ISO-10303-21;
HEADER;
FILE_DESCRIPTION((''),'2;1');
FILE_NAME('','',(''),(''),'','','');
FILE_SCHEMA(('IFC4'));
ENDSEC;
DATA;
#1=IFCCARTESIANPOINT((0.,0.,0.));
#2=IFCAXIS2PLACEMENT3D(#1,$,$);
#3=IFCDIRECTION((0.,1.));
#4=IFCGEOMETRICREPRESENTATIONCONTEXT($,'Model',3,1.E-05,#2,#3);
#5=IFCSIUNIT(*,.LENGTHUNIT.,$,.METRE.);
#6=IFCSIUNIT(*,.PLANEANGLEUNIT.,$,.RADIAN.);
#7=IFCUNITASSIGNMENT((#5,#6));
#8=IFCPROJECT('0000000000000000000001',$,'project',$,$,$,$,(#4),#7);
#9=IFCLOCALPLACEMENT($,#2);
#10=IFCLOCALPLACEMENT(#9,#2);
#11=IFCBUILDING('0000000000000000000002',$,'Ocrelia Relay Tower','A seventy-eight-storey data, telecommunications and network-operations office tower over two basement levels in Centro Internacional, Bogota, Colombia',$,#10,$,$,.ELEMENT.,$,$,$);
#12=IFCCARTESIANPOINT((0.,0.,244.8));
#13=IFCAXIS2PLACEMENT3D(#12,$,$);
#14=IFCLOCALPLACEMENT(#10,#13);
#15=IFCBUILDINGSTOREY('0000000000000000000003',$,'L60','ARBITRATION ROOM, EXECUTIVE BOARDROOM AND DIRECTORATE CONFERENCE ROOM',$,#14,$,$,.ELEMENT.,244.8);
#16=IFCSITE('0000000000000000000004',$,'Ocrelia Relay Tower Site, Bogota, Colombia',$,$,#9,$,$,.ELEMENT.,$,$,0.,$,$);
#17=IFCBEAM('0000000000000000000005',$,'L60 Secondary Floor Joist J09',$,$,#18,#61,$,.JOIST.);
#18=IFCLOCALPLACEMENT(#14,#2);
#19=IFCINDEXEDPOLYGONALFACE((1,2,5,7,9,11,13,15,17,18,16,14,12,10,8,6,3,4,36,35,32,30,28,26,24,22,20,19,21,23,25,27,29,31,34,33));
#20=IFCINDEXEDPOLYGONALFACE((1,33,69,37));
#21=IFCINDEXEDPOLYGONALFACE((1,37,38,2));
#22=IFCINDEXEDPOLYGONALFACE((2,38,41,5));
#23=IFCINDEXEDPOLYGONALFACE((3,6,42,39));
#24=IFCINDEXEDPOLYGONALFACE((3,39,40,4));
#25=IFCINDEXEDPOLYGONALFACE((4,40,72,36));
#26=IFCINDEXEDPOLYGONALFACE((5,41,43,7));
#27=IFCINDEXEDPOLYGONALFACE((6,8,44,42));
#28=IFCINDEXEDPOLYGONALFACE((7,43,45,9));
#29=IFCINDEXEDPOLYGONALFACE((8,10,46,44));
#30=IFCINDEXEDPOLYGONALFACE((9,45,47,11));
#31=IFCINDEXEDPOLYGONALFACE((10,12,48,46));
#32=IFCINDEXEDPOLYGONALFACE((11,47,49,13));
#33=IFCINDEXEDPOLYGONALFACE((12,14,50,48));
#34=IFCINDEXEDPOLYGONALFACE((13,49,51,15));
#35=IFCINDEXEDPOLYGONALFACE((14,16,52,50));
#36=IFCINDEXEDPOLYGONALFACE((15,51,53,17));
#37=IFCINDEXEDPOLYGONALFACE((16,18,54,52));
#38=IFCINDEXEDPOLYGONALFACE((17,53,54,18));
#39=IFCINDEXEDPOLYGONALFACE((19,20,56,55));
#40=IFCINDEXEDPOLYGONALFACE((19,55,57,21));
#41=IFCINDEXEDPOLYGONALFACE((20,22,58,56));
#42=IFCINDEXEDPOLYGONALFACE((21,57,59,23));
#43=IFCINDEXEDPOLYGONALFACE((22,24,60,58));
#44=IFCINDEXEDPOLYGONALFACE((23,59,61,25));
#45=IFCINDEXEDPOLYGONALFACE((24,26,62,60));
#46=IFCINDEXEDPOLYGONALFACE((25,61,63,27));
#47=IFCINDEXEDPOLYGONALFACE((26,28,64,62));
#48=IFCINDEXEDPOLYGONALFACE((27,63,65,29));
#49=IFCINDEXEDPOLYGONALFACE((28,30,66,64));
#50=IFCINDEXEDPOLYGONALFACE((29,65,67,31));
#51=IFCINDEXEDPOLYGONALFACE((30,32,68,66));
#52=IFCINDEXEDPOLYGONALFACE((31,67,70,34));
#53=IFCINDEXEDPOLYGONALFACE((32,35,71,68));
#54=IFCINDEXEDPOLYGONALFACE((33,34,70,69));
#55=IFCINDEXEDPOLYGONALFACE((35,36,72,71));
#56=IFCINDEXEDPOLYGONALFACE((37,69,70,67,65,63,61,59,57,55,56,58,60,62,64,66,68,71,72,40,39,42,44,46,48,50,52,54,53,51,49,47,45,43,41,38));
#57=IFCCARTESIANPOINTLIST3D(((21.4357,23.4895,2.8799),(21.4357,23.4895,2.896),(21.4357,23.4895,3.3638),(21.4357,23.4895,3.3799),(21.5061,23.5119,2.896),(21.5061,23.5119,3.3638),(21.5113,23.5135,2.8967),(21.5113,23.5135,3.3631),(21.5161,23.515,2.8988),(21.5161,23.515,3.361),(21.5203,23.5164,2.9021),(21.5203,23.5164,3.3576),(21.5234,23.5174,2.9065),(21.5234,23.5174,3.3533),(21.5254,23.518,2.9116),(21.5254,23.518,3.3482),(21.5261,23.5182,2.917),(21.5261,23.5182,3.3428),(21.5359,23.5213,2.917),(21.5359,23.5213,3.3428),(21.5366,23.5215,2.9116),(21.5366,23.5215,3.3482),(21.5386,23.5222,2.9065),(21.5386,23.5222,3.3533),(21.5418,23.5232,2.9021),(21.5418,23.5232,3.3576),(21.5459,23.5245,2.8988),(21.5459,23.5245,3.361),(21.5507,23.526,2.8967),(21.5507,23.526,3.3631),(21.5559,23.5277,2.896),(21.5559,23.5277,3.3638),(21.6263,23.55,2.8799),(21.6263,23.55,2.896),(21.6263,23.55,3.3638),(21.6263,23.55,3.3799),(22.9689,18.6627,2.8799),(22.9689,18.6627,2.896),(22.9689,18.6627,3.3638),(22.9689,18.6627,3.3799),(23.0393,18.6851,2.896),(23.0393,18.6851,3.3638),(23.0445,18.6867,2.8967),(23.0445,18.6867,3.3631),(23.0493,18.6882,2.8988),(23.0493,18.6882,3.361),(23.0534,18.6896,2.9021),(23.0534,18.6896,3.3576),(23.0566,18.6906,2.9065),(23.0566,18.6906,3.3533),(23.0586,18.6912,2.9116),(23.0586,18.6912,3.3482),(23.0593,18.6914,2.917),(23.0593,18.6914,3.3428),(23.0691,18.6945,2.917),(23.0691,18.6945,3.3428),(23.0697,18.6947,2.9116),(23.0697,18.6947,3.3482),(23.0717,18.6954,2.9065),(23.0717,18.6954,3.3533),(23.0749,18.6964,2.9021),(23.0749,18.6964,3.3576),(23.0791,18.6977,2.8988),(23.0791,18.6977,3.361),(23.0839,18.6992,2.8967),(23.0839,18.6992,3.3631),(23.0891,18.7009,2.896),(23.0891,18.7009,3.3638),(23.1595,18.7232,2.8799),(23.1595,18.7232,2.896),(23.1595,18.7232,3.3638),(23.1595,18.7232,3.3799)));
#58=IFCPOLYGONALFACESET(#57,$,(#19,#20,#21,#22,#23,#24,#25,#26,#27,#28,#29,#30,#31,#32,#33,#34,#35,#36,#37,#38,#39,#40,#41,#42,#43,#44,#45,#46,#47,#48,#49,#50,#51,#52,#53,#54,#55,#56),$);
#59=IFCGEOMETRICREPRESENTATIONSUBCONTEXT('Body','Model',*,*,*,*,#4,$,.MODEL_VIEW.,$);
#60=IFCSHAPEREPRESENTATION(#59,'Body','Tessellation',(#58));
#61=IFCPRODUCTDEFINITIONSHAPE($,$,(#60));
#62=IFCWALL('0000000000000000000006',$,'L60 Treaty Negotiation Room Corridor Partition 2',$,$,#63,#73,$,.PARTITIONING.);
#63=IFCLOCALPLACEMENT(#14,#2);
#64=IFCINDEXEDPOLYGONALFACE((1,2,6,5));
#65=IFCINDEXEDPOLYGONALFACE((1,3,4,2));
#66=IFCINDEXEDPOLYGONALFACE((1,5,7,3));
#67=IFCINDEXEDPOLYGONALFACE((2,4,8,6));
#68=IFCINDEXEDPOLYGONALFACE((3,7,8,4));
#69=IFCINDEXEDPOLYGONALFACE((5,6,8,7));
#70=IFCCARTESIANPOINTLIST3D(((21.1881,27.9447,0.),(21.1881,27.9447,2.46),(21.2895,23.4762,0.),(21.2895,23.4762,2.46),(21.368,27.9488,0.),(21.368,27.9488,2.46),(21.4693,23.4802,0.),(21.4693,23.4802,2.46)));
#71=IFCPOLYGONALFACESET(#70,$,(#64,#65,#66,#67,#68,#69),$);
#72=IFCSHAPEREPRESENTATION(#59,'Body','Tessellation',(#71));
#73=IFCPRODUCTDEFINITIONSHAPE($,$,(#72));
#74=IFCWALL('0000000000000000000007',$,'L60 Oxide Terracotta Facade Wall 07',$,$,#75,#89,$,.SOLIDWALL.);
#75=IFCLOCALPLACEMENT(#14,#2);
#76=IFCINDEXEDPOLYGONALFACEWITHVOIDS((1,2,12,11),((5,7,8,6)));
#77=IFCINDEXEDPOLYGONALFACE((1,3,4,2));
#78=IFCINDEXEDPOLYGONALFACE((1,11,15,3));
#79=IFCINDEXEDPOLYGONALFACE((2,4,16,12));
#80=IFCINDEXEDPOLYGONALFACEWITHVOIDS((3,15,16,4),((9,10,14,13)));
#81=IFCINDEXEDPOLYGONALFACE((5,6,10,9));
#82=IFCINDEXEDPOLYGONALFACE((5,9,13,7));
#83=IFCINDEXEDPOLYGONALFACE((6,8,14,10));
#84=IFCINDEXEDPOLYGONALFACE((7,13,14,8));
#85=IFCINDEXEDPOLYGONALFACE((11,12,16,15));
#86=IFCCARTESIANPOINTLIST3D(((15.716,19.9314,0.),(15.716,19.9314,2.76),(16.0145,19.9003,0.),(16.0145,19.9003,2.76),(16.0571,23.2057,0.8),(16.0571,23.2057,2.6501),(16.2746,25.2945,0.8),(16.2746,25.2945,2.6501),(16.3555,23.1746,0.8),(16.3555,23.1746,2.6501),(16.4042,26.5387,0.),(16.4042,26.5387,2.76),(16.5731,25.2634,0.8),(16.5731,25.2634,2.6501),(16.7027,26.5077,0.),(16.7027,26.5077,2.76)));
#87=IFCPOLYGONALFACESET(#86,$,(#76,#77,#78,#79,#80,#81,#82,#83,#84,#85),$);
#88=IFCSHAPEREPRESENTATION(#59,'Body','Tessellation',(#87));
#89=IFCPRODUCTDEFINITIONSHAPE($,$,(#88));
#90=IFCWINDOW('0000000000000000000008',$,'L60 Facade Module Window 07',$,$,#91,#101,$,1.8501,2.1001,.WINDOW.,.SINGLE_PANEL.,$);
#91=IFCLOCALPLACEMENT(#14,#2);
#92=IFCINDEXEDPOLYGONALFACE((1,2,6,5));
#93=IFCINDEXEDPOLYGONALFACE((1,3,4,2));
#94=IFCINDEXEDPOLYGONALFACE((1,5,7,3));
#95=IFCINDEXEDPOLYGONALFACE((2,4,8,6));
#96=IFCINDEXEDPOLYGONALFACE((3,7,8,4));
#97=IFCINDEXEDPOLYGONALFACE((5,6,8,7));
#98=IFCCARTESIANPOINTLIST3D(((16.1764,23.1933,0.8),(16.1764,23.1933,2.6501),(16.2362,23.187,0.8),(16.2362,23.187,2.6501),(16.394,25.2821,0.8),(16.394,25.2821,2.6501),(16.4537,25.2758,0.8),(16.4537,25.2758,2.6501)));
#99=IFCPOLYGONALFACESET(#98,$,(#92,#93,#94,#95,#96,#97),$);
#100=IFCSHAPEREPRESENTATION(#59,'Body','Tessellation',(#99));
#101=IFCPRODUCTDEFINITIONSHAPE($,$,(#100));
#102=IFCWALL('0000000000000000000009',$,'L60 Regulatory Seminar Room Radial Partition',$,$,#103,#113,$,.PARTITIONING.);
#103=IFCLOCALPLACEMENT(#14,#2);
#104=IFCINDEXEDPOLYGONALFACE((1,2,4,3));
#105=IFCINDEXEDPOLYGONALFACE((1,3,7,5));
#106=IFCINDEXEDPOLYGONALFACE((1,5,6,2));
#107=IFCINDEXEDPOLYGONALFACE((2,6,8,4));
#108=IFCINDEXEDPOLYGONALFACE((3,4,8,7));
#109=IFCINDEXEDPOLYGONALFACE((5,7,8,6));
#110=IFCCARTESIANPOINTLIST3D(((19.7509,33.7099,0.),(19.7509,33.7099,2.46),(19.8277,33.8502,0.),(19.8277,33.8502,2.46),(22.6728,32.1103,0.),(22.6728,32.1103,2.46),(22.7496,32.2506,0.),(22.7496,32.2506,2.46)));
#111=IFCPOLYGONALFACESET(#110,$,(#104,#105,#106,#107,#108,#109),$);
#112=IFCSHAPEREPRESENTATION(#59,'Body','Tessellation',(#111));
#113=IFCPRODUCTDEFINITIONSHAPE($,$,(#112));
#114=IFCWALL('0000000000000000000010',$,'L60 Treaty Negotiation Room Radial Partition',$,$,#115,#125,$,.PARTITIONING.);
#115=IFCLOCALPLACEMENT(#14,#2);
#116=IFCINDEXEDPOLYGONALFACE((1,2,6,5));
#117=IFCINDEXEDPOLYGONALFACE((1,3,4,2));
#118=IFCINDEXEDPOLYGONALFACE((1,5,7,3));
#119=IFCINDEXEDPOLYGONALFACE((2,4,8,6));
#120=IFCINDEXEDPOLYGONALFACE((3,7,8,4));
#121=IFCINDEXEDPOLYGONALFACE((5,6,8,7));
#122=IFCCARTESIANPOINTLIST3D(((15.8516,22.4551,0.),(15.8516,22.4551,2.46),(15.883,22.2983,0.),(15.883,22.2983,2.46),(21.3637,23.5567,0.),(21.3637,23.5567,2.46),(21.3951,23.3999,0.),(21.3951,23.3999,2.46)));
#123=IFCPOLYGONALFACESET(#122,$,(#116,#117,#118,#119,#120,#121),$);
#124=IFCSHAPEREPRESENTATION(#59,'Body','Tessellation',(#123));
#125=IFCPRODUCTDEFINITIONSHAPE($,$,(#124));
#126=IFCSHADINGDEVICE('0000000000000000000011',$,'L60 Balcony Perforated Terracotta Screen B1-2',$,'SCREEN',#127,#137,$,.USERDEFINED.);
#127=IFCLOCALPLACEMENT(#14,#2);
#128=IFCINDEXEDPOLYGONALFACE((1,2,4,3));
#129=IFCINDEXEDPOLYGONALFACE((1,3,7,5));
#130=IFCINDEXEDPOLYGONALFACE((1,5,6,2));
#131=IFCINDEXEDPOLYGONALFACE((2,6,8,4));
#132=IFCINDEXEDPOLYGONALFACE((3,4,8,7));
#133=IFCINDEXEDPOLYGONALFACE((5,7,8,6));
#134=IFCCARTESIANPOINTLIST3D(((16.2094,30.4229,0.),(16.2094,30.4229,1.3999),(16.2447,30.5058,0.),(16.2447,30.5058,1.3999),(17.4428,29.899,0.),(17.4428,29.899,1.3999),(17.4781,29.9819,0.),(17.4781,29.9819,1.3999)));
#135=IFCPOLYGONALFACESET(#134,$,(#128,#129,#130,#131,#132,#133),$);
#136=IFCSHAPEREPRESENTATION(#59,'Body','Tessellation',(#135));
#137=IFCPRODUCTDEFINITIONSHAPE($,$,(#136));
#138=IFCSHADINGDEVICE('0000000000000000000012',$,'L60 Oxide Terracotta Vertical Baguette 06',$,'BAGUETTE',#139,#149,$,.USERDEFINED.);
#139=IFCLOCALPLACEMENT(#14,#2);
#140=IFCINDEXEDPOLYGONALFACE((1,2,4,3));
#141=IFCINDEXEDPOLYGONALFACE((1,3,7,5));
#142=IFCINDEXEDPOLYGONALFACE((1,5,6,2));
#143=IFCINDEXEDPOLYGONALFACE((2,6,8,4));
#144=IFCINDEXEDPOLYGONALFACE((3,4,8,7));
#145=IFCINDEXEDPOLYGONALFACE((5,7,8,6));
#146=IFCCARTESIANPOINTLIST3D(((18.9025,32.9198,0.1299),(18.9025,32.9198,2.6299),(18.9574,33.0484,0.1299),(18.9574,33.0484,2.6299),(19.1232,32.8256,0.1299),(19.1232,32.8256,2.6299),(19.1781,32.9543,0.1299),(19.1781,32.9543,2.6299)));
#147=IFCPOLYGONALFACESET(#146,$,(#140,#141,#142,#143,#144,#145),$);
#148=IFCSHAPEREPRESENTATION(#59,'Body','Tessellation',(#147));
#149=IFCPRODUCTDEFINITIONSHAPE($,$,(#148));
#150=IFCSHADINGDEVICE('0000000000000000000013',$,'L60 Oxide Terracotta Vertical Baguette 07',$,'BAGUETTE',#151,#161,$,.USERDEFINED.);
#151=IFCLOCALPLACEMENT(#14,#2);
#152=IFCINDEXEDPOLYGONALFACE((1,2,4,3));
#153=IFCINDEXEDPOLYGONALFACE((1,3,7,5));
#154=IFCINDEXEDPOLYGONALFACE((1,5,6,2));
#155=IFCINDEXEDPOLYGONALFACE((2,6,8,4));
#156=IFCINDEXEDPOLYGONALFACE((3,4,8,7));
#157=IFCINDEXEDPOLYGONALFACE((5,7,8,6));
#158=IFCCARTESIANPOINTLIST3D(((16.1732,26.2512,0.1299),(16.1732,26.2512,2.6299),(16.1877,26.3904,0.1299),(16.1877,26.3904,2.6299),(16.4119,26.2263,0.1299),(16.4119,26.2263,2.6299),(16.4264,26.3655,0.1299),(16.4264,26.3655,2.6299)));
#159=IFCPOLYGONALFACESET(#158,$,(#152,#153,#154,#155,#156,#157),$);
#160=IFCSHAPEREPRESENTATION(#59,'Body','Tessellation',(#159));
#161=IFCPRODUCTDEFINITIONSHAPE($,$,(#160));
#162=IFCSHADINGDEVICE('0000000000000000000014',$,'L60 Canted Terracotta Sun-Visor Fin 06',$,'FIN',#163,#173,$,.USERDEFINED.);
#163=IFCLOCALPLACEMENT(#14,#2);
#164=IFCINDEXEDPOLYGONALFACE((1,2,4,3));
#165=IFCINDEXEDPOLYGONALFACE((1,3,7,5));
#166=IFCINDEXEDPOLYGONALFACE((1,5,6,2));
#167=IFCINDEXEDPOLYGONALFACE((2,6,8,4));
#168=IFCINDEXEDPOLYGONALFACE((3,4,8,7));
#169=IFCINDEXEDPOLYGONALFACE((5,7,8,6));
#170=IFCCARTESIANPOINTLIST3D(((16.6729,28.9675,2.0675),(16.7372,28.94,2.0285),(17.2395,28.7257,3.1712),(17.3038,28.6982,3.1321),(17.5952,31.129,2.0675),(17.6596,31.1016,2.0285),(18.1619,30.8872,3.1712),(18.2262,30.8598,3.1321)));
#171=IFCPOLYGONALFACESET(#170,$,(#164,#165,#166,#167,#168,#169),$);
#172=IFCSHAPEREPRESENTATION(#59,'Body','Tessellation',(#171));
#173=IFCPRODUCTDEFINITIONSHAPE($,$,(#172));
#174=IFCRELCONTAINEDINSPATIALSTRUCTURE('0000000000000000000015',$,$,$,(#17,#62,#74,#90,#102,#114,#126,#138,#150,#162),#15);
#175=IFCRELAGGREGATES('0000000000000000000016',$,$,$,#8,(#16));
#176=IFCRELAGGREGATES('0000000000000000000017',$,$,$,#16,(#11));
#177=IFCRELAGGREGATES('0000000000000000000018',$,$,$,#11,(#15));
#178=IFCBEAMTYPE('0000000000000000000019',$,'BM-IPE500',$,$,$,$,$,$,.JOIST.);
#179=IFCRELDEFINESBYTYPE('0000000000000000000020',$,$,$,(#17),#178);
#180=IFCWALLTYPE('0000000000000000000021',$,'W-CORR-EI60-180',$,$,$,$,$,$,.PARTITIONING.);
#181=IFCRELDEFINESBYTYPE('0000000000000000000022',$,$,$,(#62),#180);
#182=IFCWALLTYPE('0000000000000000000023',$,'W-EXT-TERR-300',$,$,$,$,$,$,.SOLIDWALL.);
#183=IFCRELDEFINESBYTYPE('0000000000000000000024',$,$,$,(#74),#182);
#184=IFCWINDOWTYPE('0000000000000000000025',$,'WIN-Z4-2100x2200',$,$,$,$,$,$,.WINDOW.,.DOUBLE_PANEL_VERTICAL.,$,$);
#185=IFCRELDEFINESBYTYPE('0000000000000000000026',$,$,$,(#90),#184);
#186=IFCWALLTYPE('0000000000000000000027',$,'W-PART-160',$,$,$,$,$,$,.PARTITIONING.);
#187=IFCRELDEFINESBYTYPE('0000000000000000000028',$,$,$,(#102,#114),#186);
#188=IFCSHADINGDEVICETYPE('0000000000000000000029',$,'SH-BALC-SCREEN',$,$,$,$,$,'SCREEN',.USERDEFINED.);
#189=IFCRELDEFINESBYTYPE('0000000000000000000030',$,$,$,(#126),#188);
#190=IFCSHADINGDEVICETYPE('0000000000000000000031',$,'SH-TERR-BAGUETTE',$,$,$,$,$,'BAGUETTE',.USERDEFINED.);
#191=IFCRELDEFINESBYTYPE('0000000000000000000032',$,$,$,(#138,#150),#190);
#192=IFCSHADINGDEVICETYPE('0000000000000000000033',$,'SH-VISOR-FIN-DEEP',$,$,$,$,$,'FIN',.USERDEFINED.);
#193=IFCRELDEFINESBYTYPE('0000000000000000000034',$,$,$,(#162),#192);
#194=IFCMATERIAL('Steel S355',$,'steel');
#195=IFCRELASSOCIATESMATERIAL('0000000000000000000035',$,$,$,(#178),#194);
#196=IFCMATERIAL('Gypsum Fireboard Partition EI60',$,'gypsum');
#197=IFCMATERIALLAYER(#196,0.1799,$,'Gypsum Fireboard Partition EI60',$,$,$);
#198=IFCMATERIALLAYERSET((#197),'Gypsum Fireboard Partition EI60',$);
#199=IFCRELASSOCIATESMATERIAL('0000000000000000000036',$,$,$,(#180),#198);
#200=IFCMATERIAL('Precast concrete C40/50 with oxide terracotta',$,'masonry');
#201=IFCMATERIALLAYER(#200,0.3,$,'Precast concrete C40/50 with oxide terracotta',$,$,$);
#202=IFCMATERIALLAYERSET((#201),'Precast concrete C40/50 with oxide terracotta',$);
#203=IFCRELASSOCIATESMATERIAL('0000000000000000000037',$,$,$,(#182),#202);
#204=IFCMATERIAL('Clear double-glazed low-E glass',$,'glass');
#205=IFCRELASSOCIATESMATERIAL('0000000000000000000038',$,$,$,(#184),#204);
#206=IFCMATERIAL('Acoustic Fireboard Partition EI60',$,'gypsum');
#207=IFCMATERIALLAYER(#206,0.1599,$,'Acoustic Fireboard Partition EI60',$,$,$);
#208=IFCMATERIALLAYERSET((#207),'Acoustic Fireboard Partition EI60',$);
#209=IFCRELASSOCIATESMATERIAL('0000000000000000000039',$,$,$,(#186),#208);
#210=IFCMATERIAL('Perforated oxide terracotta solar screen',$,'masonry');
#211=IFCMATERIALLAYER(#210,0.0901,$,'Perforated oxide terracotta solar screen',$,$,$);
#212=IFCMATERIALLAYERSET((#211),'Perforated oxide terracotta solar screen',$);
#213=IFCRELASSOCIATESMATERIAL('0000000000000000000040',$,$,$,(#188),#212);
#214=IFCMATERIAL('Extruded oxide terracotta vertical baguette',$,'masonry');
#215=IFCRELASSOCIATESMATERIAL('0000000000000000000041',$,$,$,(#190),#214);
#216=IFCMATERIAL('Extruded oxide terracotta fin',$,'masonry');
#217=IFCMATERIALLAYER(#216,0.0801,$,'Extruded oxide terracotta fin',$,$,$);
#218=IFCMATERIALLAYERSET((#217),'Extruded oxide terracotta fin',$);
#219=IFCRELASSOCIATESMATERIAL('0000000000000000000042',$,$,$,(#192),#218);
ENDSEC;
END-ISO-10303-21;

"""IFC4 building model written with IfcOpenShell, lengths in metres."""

from ifc_helpers import new_model, si_unit, direction, frame, frame_2d, origin, origin_2d, place, context, subcontext, project, spatial, rectangle, i_section, extrude, material, layer, layer_set, material_profile, profile_set, type_object, element, fill, save


model = new_model("IFC4")

# Units and contexts
model_context = context("Model", 3, precision=1e-05, world=origin(), true_north=direction((0.0, 1.0)))
body_context = subcontext(model_context, "Body", "Model", "MODEL_VIEW")
ifc_project = project(units=[si_unit("LENGTHUNIT", "METRE"), si_unit("PLANEANGLEUNIT", "RADIAN")], contexts=[model_context])

# Site, building, storey
site_placement = place(None, origin())
site = spatial("IfcSite", under=ifc_project, at=site_placement, Name="Ocrelia Relay Tower Site, Bogota, Colombia", CompositionType="ELEMENT", RefElevation=0.0)
building_placement = place(site_placement, origin())
building = spatial("IfcBuilding", under=site, at=building_placement, Name="Ocrelia Relay Tower", Description="A seventy-eight-storey data, telecommunications and network-operations office tower over two basement levels in Centro Internacional, Bogota, Colombia", CompositionType="ELEMENT")
storey_placement = place(building_placement, frame((0.0, 0.0, 244.8)))
storey = spatial("IfcBuildingStorey", under=building, at=storey_placement, Name="L60", Description="ARBITRATION ROOM, EXECUTIVE BOARDROOM AND DIRECTORATE CONFERENCE ROOM", CompositionType="ELEMENT", Elevation=244.8)

# Beam
ifc_material_1 = material(Name="Steel S355", Category="steel")
ifc_material_profile_1 = material_profile(ifc_material_1, i_section(OverallWidth=0.2, OverallDepth=0.5, WebThickness=0.0103, FlangeThickness=0.0161, FilletRadius=0.021, at=origin_2d()), Name="IPE 500")
ifc_profile_set_1 = profile_set([ifc_material_profile_1], Name="Steel S355")
beam_type_1 = type_object("IfcBeamType", Name="BM-IPE500", PredefinedType="JOIST", material=ifc_profile_set_1)
beam_1_placement = place(storey_placement, frame((21.531, 23.5198, 3.1299), z_axis=(0.302732, -0.953076, 0.0), x_axis=(0.953076, 0.302732, 0.0)))
element("IfcBeam", 1, at=beam_1_placement, inside=storey, type_object=beam_type_1, Name="L60 Secondary Floor Joist J09", PredefinedType="JOIST", context=body_context, shape_type="SweptSolid", body=[
    extrude(i_section(OverallWidth=0.2, OverallDepth=0.5, WebThickness=0.0103, FlangeThickness=0.0161, FilletRadius=0.021, at=origin_2d()), origin(), (0.0, 0.0, 1.0), 5.0645),
])

# Wall
ifc_material_2 = material(Name="Gypsum Fireboard Partition EI60", Category="gypsum")
ifc_layer_1 = layer(ifc_material_2, 0.1799, Name="Gypsum Fireboard Partition EI60")
ifc_layer_set_1 = layer_set([ifc_layer_1], Name="Gypsum Fireboard Partition EI60")
wall_type_1 = type_object("IfcWallType", Name="W-CORR-EI60-180", PredefinedType="PARTITIONING", material=ifc_layer_set_1)
wall_1_placement = place(storey_placement, frame((21.2781, 27.9468, 0.0), z_axis=(0.0, 0.0, 1.0), x_axis=(0.022668, -0.999743, 0.0)))
element("IfcWall", 2, at=wall_1_placement, inside=storey, type_object=wall_type_1, Name="L60 Treaty Negotiation Room Corridor Partition 2", PredefinedType="PARTITIONING", context=body_context, shape_type="SweptSolid", body=[
    extrude(rectangle(XDim=4.4697, YDim=0.1799, at=frame_2d((2.2349, 0.0))), origin(), (0.0, 0.0, 1.0), 2.46),
])

# Wall, opening, window
ifc_material_3 = material(Name="Precast concrete C40/50 with oxide terracotta", Category="masonry")
ifc_layer_2 = layer(ifc_material_3, 0.3, Name="Precast concrete C40/50 with oxide terracotta")
ifc_layer_set_2 = layer_set([ifc_layer_2], Name="Precast concrete C40/50 with oxide terracotta")
wall_type_2 = type_object("IfcWallType", Name="W-EXT-TERR-300", PredefinedType="SOLIDWALL", material=ifc_layer_set_2)
wall_2_placement = place(storey_placement, frame((16.5535, 26.5232, 0.0), z_axis=(0.0, 0.0, 1.0), x_axis=(-0.1036, -0.994619, 0.0)))
wall_2 = element("IfcWall", 3, at=wall_2_placement, inside=storey, type_object=wall_type_2, Name="L60 Oxide Terracotta Facade Wall 07", PredefinedType="SOLIDWALL", context=body_context, shape_type="SweptSolid", body=[
    extrude(rectangle(XDim=6.6431, YDim=0.3, at=frame_2d((3.3215, 0.0))), origin(), (0.0, 0.0, 1.0), 2.76),
])
opening_1_placement = place(wall_2_placement, frame((1.251, 0.0, 0.8)))
opening_1 = element("IfcOpeningElement", 4, at=opening_1_placement, cuts=wall_2, PredefinedType="OPENING", context=body_context, shape_type="SweptSolid", body=[
    extrude(rectangle(XDim=2.1001, YDim=1.8501, at=frame_2d((1.05, 0.925))), frame((0.0, 0.1602, 0.0), z_axis=(0.0, -1.0, 0.0), x_axis=(1.0, 0.0, 0.0)), (0.0, 0.0, 1.0), 0.3201),
])
ifc_material_4 = material(Name="Clear double-glazed low-E glass", Category="glass")
window_type = type_object("IfcWindowType", Name="WIN-Z4-2100x2200", PartitioningType="DOUBLE_PANEL_VERTICAL", PredefinedType="WINDOW", material=ifc_material_4)
window_placement = place(opening_1_placement, origin())
window = element("IfcWindow", 5, at=window_placement, inside=storey, type_object=window_type, Name="L60 Facade Module Window 07", OverallHeight=1.8501, OverallWidth=2.1001, PartitioningType="SINGLE_PANEL", PredefinedType="WINDOW", context=body_context, shape_type="SweptSolid", body=[
    extrude(rectangle(XDim=2.1001, YDim=1.8501, at=frame_2d((1.05, 0.925))), frame((0.0, 0.03, 0.0), z_axis=(0.0, -1.0, 0.0), x_axis=(1.0, 0.0, 0.0)), (0.0, 0.0, 1.0), 0.0601),
])
fill(opening_1, window)

# Walls
ifc_material_5 = material(Name="Acoustic Fireboard Partition EI60", Category="gypsum")
ifc_layer_3 = layer(ifc_material_5, 0.1599, Name="Acoustic Fireboard Partition EI60")
ifc_layer_set_3 = layer_set([ifc_layer_3], Name="Acoustic Fireboard Partition EI60")
wall_type_3 = type_object("IfcWallType", Name="W-PART-160", PredefinedType="PARTITIONING", material=ifc_layer_set_3)
wall_3_placement = place(storey_placement, frame((22.7112, 32.1804, 0.0), z_axis=(0.0, 0.0, 1.0), x_axis=(-0.877155, 0.480207, 0.0)))
element("IfcWall", 6, at=wall_3_placement, inside=storey, type_object=wall_type_3, Name="L60 Regulatory Seminar Room Radial Partition", PredefinedType="PARTITIONING", context=body_context, shape_type="SweptSolid", body=[
    extrude(rectangle(XDim=3.3311, YDim=0.1599, at=frame_2d((1.6655, 0.0))), origin(), (0.0, 0.0, 1.0), 2.46),
])
wall_4_placement = place(storey_placement, frame((21.3794, 23.4783, 0.0), z_axis=(0.0, 0.0, 1.0), x_axis=(-0.980611, -0.195966, 0.0)))
element("IfcWall", 7, at=wall_4_placement, inside=storey, type_object=wall_type_3, Name="L60 Treaty Negotiation Room Radial Partition", PredefinedType="PARTITIONING", context=body_context, shape_type="SweptSolid", body=[
    extrude(rectangle(XDim=5.6211, YDim=0.1599, at=frame_2d((2.8105, 0.0))), origin(), (0.0, 0.0, 1.0), 2.46),
])

# Shading devices
ifc_material_6 = material(Name="Perforated oxide terracotta solar screen", Category="masonry")
ifc_layer_4 = layer(ifc_material_6, 0.0901, Name="Perforated oxide terracotta solar screen")
ifc_layer_set_4 = layer_set([ifc_layer_4], Name="Perforated oxide terracotta solar screen")
shading_device_type_1 = type_object("IfcShadingDeviceType", Name="SH-BALC-SCREEN", ElementType="SCREEN", PredefinedType="USERDEFINED", material=ifc_layer_set_4)
shading_device_1_placement = place(storey_placement, frame((16.8438, 30.2024, 0.0), z_axis=(0.0, 0.0, 1.0), x_axis=(-0.920399, 0.390981, 0.0)))
element("IfcShadingDevice", 8, at=shading_device_1_placement, inside=storey, type_object=shading_device_type_1, Name="L60 Balcony Perforated Terracotta Screen B1-2", ObjectType="SCREEN", PredefinedType="USERDEFINED", context=body_context, shape_type="SweptSolid", body=[
    extrude(rectangle(XDim=1.3401, YDim=0.0901, at=origin_2d()), origin(), (0.0, 0.0, 1.0), 1.3999),
])
ifc_material_7 = material(Name="Extruded oxide terracotta vertical baguette", Category="masonry")
shading_device_type_2 = type_object("IfcShadingDeviceType", Name="SH-TERR-BAGUETTE", ElementType="BAGUETTE", PredefinedType="USERDEFINED", material=ifc_material_7)
for number, where, z_axis, x_axis, name in (
    (9, (19.0403, 32.937, 0.1299), (0.0, 0.0, 1.0), (-0.39247, -0.919765, 0.0), "L60 Oxide Terracotta Vertical Baguette 06"),
    (10, (16.2998, 26.3083, 0.1299), (0.0, 0.0, 1.0), (-0.103596, -0.99462, 0.0), "L60 Oxide Terracotta Vertical Baguette 07"),
):
    element("IfcShadingDevice", number, at=place(storey_placement, frame(where, z_axis=z_axis, x_axis=x_axis)), inside=storey, type_object=shading_device_type_2, Name=name, ObjectType="BAGUETTE", PredefinedType="USERDEFINED", context=body_context, shape_type="SweptSolid", body=[
        extrude(rectangle(XDim=0.1399, YDim=0.24, at=origin_2d()), origin(), (0.0, 0.0, 1.0), 2.5),
    ])
ifc_material_8 = material(Name="Extruded oxide terracotta fin", Category="masonry")
ifc_layer_5 = layer(ifc_material_8, 0.0801, Name="Extruded oxide terracotta fin")
ifc_layer_set_5 = layer_set([ifc_layer_5], Name="Extruded oxide terracotta fin")
shading_device_type_3 = type_object("IfcShadingDeviceType", Name="SH-VISOR-FIN-DEEP", ElementType="FIN", PredefinedType="USERDEFINED", material=ifc_layer_set_5)
shading_device_2_placement = place(storey_placement, frame((17.4817, 29.8999, 2.5803), z_axis=(-0.803118, 0.342696, 0.487403), x_axis=(-0.39247, -0.919765, 0.0)))
element("IfcShadingDevice", 11, at=shading_device_2_placement, inside=storey, type_object=shading_device_type_3, Name="L60 Canted Terracotta Sun-Visor Fin 06", ObjectType="FIN", PredefinedType="USERDEFINED", context=body_context, shape_type="SweptSolid", body=[
    extrude(rectangle(XDim=2.3501, YDim=1.2639, at=origin_2d()), origin(), (0.0, 0.0, 1.0), 0.0801),
])

save(model, "model.ifc")
